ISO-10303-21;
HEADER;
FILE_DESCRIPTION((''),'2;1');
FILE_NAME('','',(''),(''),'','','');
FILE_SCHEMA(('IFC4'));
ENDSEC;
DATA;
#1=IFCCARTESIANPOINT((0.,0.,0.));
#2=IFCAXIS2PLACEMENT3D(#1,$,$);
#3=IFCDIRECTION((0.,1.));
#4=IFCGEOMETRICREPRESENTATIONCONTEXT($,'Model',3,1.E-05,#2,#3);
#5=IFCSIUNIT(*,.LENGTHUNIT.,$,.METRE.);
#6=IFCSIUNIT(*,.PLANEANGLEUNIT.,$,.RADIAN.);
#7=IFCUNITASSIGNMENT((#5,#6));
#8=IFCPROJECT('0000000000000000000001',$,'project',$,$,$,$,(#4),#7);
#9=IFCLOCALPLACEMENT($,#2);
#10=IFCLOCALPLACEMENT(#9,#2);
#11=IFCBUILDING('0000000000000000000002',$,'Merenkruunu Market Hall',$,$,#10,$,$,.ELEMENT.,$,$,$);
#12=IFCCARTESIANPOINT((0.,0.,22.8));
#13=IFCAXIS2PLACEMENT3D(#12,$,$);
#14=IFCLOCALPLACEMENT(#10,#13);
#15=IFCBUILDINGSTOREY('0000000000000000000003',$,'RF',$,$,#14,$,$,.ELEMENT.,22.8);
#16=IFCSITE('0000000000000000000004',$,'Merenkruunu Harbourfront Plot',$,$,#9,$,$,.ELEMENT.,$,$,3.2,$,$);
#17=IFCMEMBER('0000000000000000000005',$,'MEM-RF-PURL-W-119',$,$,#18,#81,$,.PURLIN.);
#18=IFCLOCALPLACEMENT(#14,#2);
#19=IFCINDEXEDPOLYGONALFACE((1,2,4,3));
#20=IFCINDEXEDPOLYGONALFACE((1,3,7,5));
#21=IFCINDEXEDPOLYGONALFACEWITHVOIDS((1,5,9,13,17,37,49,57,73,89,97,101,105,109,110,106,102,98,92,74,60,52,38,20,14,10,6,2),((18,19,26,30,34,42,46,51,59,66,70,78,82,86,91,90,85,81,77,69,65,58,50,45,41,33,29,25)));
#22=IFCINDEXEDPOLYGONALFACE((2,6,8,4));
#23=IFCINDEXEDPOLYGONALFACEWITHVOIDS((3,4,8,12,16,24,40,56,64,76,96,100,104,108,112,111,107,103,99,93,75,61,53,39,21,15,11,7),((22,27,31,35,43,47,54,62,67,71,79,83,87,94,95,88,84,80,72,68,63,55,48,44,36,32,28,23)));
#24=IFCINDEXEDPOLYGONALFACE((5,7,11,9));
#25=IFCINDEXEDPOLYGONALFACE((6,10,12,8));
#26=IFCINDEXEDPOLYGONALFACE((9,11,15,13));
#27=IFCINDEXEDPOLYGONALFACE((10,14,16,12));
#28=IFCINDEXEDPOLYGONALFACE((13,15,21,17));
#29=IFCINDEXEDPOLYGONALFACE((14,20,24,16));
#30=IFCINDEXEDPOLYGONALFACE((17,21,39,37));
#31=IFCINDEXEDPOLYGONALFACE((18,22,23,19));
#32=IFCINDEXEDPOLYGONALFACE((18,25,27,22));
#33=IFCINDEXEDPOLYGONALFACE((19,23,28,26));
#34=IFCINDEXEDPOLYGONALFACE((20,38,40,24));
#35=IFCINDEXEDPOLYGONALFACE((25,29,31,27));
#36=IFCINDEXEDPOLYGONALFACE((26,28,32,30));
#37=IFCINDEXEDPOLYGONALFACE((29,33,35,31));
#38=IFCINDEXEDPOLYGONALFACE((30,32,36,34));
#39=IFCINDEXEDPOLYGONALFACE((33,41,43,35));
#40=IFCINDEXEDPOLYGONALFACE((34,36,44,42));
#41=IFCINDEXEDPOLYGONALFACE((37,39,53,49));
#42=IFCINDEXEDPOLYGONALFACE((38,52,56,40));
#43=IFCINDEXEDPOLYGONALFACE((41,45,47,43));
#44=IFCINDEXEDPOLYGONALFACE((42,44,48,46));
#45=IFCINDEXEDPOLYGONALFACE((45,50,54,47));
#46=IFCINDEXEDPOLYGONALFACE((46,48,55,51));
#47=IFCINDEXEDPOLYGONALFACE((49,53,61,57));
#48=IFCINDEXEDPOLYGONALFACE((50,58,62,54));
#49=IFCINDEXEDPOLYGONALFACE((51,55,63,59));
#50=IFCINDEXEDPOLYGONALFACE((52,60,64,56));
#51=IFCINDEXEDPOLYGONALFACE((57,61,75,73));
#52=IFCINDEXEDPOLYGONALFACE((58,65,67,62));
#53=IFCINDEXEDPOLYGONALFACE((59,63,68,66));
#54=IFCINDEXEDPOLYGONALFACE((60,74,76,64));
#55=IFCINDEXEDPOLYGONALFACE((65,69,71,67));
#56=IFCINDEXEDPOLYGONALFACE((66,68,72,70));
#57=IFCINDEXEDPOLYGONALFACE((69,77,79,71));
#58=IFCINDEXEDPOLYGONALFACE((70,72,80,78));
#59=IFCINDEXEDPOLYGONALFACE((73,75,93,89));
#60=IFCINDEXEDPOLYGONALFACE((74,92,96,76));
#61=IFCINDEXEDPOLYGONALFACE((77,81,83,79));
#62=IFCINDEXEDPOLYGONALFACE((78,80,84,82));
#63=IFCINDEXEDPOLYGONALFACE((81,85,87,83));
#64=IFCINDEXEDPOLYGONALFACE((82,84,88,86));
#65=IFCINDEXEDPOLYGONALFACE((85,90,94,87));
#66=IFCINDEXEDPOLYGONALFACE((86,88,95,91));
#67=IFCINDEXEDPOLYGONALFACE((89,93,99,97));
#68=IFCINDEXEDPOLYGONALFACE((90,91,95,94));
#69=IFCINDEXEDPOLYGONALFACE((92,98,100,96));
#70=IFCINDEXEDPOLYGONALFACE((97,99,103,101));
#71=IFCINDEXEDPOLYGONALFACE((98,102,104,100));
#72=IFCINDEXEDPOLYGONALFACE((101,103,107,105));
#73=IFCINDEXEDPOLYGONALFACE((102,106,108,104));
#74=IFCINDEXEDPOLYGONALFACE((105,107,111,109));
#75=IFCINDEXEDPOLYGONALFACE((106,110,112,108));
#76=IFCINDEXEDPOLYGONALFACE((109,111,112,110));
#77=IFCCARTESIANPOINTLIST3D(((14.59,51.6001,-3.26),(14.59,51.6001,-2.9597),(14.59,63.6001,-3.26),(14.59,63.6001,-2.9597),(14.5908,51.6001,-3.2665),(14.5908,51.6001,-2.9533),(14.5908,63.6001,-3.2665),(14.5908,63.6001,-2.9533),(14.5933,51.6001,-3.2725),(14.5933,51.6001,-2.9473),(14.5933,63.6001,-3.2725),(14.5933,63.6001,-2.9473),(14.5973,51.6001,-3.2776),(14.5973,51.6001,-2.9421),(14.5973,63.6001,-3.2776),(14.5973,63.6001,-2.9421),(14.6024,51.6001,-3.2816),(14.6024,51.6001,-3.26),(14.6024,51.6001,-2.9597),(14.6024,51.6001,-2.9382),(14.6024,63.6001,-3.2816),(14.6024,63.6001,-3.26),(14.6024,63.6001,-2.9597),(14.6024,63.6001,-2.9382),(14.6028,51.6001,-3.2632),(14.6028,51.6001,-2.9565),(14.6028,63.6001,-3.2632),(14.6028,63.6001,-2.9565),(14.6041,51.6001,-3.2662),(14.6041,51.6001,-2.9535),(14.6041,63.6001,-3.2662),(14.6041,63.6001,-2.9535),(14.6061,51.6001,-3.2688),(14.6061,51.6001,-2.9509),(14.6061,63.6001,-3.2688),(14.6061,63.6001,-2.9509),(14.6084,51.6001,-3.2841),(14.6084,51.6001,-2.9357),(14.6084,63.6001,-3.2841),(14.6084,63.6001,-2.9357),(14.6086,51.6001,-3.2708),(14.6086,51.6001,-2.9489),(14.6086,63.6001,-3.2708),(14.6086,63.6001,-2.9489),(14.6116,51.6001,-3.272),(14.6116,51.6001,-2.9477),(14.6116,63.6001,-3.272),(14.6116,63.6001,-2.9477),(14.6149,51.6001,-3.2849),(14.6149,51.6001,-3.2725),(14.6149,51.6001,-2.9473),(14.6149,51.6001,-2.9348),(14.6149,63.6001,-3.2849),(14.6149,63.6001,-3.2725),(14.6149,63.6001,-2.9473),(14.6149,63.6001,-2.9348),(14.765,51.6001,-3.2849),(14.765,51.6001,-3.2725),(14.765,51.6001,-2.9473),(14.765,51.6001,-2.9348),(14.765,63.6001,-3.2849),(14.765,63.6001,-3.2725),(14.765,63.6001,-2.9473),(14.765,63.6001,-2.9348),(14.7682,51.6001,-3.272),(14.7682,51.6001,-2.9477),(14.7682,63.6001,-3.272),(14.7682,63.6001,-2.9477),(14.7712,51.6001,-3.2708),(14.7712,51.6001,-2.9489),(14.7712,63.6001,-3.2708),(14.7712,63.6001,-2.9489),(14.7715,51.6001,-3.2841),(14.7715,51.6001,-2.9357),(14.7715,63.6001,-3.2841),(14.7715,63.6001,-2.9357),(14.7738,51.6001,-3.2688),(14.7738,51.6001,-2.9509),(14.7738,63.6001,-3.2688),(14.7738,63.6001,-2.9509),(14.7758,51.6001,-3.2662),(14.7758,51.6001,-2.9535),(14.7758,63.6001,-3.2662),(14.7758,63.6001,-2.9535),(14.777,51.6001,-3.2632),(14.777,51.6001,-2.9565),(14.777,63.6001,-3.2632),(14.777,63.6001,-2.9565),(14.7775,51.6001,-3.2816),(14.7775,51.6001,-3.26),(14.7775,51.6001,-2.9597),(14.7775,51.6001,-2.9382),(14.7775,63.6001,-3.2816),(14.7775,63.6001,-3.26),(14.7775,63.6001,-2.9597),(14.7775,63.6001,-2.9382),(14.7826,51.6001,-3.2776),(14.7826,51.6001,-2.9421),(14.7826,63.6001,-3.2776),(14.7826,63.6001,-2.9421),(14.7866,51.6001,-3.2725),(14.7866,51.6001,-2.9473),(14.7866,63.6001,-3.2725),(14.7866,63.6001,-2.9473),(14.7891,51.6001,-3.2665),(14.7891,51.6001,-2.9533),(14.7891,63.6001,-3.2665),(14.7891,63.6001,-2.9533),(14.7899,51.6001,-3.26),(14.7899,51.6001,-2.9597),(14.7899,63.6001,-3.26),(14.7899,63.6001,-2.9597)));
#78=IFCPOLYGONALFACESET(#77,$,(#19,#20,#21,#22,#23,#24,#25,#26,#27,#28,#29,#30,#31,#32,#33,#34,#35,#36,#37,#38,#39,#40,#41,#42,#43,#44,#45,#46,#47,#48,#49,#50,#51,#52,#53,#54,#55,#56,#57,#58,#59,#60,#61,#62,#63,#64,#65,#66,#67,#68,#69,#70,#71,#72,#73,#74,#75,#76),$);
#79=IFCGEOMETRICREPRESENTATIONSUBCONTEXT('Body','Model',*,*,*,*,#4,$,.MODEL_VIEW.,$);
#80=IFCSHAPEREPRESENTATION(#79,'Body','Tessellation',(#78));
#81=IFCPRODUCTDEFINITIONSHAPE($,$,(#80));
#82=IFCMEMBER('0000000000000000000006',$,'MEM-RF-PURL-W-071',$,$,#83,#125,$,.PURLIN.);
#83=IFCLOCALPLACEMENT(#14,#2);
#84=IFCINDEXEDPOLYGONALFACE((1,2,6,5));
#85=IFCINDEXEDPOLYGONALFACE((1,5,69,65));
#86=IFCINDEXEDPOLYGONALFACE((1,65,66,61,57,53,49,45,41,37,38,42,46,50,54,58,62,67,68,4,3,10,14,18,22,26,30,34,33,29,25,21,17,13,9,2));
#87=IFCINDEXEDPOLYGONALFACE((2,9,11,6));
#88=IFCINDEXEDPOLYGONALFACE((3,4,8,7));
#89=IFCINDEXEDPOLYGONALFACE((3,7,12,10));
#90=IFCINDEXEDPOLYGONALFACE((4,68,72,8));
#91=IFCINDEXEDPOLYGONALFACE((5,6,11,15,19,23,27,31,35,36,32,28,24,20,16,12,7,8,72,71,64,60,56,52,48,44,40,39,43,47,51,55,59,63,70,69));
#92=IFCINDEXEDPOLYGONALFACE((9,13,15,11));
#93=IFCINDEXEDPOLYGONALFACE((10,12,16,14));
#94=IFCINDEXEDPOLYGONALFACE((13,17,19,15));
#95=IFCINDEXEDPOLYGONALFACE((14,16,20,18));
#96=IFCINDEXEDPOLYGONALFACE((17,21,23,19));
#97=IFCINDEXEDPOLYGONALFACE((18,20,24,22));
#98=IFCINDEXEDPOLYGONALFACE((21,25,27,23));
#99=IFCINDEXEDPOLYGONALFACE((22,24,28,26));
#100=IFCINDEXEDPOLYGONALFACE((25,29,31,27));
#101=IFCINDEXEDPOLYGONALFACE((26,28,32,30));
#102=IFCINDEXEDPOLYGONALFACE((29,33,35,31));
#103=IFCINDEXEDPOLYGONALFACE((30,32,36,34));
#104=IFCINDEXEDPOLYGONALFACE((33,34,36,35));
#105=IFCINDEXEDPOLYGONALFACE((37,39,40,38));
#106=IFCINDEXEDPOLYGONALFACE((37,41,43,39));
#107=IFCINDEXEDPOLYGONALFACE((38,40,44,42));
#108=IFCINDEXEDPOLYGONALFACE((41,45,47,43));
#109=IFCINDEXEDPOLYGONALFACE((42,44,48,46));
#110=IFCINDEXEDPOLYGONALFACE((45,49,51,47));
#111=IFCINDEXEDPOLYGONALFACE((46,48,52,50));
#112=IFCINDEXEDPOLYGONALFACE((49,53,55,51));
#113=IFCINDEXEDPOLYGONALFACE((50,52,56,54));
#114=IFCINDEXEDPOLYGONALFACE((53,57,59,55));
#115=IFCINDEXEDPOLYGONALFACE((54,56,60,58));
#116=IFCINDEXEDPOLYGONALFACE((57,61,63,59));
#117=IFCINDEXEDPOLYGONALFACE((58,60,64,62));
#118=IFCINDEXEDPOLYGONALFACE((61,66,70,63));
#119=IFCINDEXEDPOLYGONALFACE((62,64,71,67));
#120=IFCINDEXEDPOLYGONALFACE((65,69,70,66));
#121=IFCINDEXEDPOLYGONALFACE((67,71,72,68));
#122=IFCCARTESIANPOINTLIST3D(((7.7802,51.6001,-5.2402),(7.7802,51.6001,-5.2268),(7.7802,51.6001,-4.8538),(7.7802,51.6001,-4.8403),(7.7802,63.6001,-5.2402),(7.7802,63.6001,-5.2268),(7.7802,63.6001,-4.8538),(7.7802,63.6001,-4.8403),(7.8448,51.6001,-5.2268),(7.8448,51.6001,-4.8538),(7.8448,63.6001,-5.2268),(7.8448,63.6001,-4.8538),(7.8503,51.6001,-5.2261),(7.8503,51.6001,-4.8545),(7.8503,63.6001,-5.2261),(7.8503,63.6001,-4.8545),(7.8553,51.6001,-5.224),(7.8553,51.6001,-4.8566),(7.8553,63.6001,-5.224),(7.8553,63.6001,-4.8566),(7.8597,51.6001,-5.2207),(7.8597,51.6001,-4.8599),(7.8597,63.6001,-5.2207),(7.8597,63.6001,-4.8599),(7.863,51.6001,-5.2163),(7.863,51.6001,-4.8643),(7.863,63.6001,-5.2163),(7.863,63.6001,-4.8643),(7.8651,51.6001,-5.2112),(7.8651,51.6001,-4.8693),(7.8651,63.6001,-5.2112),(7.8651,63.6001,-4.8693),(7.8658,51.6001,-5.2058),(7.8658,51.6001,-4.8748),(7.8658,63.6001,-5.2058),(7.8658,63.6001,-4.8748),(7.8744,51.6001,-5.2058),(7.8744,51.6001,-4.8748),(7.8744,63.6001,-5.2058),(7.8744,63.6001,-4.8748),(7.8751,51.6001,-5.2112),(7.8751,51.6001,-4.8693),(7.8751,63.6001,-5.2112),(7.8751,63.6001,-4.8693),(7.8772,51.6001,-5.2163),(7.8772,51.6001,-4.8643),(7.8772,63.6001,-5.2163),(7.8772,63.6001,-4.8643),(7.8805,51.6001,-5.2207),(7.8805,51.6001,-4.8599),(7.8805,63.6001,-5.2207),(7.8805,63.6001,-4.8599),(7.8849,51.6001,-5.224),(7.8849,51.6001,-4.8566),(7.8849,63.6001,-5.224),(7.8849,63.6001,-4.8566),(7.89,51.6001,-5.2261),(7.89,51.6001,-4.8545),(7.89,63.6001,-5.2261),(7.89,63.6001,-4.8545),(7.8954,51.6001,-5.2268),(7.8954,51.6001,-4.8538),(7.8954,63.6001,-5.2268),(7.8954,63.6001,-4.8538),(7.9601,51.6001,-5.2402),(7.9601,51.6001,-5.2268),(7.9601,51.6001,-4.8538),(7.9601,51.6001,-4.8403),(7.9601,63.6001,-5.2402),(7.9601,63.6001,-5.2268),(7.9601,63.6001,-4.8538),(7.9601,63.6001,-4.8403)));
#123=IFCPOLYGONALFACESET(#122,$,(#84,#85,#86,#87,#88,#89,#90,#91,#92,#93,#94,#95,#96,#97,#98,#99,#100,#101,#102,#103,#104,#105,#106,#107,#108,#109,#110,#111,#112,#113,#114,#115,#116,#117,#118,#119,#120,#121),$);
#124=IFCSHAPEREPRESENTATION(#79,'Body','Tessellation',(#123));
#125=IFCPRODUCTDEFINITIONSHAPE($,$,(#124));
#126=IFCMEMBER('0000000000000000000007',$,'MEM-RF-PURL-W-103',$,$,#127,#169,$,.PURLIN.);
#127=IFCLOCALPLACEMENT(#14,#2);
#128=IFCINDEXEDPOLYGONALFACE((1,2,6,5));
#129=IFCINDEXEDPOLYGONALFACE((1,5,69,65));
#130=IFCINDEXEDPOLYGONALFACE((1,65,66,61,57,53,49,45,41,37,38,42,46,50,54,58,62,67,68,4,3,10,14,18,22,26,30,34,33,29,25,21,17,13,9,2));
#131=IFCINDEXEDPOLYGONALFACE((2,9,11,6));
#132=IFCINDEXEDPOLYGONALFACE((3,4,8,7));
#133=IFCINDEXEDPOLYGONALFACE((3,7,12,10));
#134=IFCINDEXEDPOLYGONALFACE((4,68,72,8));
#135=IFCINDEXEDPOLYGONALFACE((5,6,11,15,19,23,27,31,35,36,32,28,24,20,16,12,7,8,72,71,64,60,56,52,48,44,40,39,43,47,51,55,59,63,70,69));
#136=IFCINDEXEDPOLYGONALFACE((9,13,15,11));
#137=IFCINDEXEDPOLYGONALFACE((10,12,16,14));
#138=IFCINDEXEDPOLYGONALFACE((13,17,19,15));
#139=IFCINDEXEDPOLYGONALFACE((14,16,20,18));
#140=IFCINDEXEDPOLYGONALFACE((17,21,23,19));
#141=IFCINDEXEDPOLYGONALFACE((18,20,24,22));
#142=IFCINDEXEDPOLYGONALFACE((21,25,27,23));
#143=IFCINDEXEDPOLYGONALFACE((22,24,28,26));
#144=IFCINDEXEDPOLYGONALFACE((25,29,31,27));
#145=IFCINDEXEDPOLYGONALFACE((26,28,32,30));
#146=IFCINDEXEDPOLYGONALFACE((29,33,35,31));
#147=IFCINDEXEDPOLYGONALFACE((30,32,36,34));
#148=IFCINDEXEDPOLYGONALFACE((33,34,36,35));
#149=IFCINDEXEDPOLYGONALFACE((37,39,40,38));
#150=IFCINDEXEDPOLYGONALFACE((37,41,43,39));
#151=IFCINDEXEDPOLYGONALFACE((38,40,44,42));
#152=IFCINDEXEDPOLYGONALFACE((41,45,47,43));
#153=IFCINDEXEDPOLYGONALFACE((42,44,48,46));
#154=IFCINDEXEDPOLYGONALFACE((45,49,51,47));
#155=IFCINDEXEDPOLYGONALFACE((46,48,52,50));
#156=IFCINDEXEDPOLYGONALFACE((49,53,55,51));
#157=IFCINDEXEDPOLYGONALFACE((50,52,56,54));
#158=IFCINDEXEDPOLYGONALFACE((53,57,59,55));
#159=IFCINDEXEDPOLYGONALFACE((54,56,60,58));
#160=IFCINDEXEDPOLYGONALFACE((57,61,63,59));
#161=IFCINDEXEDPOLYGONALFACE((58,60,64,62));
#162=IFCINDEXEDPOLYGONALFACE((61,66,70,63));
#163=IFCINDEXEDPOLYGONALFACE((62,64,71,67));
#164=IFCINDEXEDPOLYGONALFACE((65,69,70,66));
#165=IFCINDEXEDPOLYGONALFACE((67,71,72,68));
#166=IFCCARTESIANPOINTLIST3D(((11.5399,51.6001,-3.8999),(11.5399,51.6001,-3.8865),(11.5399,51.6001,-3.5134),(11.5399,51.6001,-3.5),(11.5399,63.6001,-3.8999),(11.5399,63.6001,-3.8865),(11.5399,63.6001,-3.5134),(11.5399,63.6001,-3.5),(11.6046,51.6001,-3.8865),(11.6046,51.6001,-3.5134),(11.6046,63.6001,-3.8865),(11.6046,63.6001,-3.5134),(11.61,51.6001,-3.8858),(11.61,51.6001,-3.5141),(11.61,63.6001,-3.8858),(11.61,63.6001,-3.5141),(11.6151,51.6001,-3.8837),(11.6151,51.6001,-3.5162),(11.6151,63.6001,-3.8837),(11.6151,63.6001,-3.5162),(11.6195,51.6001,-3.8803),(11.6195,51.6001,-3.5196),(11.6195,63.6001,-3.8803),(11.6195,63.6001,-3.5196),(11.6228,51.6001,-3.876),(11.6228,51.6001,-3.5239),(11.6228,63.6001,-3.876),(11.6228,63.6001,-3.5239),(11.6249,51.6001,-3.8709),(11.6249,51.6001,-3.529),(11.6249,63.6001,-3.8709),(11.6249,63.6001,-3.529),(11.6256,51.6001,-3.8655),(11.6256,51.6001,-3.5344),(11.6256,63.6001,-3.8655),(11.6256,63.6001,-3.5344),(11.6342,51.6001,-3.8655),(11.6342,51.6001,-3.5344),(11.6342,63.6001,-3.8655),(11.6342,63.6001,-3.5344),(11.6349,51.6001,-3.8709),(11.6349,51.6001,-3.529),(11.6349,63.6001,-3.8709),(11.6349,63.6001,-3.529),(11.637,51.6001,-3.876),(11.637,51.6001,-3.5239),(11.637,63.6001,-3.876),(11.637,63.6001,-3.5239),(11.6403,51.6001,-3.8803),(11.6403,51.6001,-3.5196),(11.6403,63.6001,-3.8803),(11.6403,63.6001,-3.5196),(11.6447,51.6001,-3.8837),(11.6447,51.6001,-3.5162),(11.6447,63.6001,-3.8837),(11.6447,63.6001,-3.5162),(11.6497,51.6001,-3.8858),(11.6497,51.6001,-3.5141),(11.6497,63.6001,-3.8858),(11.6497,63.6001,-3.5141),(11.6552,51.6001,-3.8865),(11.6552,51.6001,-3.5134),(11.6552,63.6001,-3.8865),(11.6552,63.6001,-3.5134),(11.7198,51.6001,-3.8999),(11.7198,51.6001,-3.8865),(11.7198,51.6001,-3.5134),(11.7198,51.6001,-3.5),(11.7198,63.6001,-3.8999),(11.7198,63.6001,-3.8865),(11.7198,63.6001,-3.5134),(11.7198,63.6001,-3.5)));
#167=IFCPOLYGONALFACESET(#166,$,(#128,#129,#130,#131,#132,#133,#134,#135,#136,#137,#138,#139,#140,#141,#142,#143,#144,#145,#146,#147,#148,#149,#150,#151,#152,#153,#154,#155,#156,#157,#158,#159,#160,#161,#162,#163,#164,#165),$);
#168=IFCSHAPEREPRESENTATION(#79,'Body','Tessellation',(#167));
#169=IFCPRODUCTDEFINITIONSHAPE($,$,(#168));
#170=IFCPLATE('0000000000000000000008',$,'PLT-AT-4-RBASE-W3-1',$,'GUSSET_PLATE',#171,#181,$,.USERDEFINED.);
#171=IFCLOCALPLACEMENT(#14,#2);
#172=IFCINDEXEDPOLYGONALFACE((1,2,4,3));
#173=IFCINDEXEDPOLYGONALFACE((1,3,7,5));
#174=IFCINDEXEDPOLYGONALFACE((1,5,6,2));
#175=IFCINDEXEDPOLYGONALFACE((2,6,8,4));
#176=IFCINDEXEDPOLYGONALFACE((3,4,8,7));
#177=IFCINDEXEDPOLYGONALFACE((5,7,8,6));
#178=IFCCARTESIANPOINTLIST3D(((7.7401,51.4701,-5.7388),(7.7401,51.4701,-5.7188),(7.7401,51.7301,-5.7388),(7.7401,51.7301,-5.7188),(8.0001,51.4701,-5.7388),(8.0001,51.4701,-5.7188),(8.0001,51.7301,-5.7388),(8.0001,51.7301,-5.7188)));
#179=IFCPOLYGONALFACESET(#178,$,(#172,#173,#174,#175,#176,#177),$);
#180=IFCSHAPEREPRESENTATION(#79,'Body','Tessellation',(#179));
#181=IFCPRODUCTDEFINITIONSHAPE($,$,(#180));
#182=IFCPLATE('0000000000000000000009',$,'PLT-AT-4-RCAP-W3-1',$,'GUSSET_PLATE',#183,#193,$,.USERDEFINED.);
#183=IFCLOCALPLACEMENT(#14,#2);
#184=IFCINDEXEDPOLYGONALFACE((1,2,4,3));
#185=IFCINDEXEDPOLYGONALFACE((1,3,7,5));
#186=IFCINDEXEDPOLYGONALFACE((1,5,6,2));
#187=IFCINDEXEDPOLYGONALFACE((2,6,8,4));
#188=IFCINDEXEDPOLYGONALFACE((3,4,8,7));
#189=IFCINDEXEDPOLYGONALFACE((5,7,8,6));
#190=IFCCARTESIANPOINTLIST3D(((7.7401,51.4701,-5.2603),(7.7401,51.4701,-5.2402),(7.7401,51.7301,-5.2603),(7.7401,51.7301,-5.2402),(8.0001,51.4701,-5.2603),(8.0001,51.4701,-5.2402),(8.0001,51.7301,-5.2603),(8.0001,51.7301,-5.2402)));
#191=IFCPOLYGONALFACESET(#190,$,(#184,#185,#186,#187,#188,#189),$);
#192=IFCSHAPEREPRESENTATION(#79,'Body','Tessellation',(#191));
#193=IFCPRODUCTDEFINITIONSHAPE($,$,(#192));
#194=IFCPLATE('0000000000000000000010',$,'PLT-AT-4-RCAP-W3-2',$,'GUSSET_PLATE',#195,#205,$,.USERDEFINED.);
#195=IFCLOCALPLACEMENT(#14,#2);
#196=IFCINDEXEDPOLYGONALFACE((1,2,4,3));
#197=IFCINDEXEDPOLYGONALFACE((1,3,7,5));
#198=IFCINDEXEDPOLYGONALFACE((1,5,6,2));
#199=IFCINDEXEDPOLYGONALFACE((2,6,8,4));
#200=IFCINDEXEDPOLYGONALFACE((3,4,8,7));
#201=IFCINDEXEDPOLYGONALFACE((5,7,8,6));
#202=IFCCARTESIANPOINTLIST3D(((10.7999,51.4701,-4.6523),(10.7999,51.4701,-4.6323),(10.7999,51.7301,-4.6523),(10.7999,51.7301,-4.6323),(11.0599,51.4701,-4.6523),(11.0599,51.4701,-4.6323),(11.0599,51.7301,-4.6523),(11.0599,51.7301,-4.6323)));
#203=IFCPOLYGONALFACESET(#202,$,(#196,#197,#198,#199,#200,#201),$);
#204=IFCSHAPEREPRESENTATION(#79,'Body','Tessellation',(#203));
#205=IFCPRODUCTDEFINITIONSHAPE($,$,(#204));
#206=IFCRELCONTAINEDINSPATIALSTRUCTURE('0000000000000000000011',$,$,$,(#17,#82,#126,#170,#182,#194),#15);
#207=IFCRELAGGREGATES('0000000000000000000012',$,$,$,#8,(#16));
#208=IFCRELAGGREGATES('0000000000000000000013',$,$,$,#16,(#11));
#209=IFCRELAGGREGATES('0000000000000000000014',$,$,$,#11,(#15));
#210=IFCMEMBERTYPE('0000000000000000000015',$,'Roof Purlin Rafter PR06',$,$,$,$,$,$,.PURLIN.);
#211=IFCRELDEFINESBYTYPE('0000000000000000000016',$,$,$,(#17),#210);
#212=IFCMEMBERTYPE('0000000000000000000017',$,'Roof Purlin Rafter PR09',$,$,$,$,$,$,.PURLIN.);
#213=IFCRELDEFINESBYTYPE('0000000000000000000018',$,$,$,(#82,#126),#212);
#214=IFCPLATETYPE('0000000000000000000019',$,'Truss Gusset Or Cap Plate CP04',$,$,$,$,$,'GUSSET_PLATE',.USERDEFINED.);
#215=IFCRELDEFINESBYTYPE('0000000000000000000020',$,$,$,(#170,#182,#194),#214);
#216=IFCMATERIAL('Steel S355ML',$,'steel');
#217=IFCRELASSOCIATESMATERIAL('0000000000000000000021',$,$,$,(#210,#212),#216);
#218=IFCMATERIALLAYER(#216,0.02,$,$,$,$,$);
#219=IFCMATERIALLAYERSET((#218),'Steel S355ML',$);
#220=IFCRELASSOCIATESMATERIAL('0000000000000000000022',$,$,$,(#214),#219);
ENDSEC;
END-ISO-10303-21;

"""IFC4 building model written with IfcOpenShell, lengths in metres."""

from ifc_helpers import new_model, si_unit, direction, frame, origin, origin_2d, place, context, subcontext, project, spatial, rectangle, hollow_rectangle, i_section, extrude, material, layer, layer_set, material_profile, profile_set, type_object, element, save


model = new_model("IFC4")

# Units and contexts
model_context = context("Model", 3, precision=1e-05, world=origin(), true_north=direction((0.0, 1.0)))
body_context = subcontext(model_context, "Body", "Model", "MODEL_VIEW")
ifc_project = project(units=[si_unit("LENGTHUNIT", "METRE"), si_unit("PLANEANGLEUNIT", "RADIAN")], contexts=[model_context])

# Site, building, storey
site_placement = place(None, origin())
site = spatial("IfcSite", under=ifc_project, at=site_placement, Name="Merenkruunu Harbourfront Plot", CompositionType="ELEMENT", RefElevation=3.2)
building_placement = place(site_placement, origin())
building = spatial("IfcBuilding", under=site, at=building_placement, Name="Merenkruunu Market Hall", CompositionType="ELEMENT")
storey_placement = place(building_placement, frame((0.0, 0.0, 22.8)))
storey = spatial("IfcBuildingStorey", under=building, at=storey_placement, Name="RF", CompositionType="ELEMENT", Elevation=22.8)

# Shared definitions
ifc_material_1 = material(Name="Steel S355ML", Category="steel")

# Members
ifc_material_profile_1 = material_profile(ifc_material_1, hollow_rectangle(XDim=0.2, YDim=0.3501, WallThickness=0.0125, InnerFilletRadius=0.0125, OuterFilletRadius=0.0249, at=origin_2d()), Name="RHS 350x200x12.5")
ifc_profile_set_1 = profile_set([ifc_material_profile_1], Name="Steel S355ML")
member_type_1 = type_object("IfcMemberType", Name="Roof Purlin Rafter PR06", PredefinedType="PURLIN", material=ifc_profile_set_1)
member_1_placement = place(storey_placement, frame((14.6899, 51.6001, -3.1099), z_axis=(0.0, 1.0, 0.0), x_axis=(-1.0, 0.0, 0.0)))
element("IfcMember", 1, at=member_1_placement, inside=storey, type_object=member_type_1, Name="MEM-RF-PURL-W-119", PredefinedType="PURLIN", context=body_context, shape_type="SweptSolid", body=[
    extrude(hollow_rectangle(XDim=0.2, YDim=0.3501, WallThickness=0.0125, InnerFilletRadius=0.0125, OuterFilletRadius=0.0249, at=origin_2d()), origin(), (0.0, 0.0, 1.0), 12.0),
])
ifc_material_profile_2 = material_profile(ifc_material_1, i_section(OverallWidth=0.1799, OverallDepth=0.3999, WebThickness=0.0085, FlangeThickness=0.0134, FilletRadius=0.021, at=origin_2d()), Name="IPE 400")
ifc_profile_set_2 = profile_set([ifc_material_profile_2], Name="Steel S355ML")
member_type_2 = type_object("IfcMemberType", Name="Roof Purlin Rafter PR09", PredefinedType="PURLIN", material=ifc_profile_set_2)
for number, where, z_axis, x_axis, name in (
    (2, (7.8701, 51.6001, -5.0403), (0.0, 1.0, 0.0), (-1.0, 0.0, 0.0), "MEM-RF-PURL-W-071"),
    (3, (11.6299, 51.6001, -3.7), (0.0, 1.0, 0.0), (-1.0, 0.0, 0.0), "MEM-RF-PURL-W-103"),
):
    element("IfcMember", number, at=place(storey_placement, frame(where, z_axis=z_axis, x_axis=x_axis)), inside=storey, type_object=member_type_2, Name=name, PredefinedType="PURLIN", context=body_context, shape_type="SweptSolid", body=[
        extrude(i_section(OverallWidth=0.1799, OverallDepth=0.3999, WebThickness=0.0085, FlangeThickness=0.0134, FilletRadius=0.021, at=origin_2d()), origin(), (0.0, 0.0, 1.0), 12.0),
    ])

# Plates
ifc_layer_1 = layer(ifc_material_1, 0.02)
ifc_layer_set_1 = layer_set([ifc_layer_1], Name="Steel S355ML")
plate_type_1 = type_object("IfcPlateType", Name="Truss Gusset Or Cap Plate CP04", ElementType="GUSSET_PLATE", PredefinedType="USERDEFINED", material=ifc_layer_set_1)
for number, where, z_axis, x_axis, name in (
    (4, (7.8701, 51.6001, -5.7388), (0.0, 0.0, 1.0), (1.0, 0.0, 0.0), "PLT-AT-4-RBASE-W3-1"),
    (5, (7.8701, 51.6001, -5.2603), (0.0, 0.0, 1.0), (1.0, 0.0, 0.0), "PLT-AT-4-RCAP-W3-1"),
    (6, (10.9299, 51.6001, -4.6523), (0.0, 0.0, 1.0), (1.0, 0.0, 0.0), "PLT-AT-4-RCAP-W3-2"),
):
    element("IfcPlate", number, at=place(storey_placement, frame(where, z_axis=z_axis, x_axis=x_axis)), inside=storey, type_object=plate_type_1, Name=name, ObjectType="GUSSET_PLATE", PredefinedType="USERDEFINED", context=body_context, shape_type="SweptSolid", body=[
        extrude(rectangle(XDim=0.26, YDim=0.26, at=origin_2d()), origin(), (0.0, 0.0, 1.0), 0.02),
    ])

save(model, "model.ifc")
